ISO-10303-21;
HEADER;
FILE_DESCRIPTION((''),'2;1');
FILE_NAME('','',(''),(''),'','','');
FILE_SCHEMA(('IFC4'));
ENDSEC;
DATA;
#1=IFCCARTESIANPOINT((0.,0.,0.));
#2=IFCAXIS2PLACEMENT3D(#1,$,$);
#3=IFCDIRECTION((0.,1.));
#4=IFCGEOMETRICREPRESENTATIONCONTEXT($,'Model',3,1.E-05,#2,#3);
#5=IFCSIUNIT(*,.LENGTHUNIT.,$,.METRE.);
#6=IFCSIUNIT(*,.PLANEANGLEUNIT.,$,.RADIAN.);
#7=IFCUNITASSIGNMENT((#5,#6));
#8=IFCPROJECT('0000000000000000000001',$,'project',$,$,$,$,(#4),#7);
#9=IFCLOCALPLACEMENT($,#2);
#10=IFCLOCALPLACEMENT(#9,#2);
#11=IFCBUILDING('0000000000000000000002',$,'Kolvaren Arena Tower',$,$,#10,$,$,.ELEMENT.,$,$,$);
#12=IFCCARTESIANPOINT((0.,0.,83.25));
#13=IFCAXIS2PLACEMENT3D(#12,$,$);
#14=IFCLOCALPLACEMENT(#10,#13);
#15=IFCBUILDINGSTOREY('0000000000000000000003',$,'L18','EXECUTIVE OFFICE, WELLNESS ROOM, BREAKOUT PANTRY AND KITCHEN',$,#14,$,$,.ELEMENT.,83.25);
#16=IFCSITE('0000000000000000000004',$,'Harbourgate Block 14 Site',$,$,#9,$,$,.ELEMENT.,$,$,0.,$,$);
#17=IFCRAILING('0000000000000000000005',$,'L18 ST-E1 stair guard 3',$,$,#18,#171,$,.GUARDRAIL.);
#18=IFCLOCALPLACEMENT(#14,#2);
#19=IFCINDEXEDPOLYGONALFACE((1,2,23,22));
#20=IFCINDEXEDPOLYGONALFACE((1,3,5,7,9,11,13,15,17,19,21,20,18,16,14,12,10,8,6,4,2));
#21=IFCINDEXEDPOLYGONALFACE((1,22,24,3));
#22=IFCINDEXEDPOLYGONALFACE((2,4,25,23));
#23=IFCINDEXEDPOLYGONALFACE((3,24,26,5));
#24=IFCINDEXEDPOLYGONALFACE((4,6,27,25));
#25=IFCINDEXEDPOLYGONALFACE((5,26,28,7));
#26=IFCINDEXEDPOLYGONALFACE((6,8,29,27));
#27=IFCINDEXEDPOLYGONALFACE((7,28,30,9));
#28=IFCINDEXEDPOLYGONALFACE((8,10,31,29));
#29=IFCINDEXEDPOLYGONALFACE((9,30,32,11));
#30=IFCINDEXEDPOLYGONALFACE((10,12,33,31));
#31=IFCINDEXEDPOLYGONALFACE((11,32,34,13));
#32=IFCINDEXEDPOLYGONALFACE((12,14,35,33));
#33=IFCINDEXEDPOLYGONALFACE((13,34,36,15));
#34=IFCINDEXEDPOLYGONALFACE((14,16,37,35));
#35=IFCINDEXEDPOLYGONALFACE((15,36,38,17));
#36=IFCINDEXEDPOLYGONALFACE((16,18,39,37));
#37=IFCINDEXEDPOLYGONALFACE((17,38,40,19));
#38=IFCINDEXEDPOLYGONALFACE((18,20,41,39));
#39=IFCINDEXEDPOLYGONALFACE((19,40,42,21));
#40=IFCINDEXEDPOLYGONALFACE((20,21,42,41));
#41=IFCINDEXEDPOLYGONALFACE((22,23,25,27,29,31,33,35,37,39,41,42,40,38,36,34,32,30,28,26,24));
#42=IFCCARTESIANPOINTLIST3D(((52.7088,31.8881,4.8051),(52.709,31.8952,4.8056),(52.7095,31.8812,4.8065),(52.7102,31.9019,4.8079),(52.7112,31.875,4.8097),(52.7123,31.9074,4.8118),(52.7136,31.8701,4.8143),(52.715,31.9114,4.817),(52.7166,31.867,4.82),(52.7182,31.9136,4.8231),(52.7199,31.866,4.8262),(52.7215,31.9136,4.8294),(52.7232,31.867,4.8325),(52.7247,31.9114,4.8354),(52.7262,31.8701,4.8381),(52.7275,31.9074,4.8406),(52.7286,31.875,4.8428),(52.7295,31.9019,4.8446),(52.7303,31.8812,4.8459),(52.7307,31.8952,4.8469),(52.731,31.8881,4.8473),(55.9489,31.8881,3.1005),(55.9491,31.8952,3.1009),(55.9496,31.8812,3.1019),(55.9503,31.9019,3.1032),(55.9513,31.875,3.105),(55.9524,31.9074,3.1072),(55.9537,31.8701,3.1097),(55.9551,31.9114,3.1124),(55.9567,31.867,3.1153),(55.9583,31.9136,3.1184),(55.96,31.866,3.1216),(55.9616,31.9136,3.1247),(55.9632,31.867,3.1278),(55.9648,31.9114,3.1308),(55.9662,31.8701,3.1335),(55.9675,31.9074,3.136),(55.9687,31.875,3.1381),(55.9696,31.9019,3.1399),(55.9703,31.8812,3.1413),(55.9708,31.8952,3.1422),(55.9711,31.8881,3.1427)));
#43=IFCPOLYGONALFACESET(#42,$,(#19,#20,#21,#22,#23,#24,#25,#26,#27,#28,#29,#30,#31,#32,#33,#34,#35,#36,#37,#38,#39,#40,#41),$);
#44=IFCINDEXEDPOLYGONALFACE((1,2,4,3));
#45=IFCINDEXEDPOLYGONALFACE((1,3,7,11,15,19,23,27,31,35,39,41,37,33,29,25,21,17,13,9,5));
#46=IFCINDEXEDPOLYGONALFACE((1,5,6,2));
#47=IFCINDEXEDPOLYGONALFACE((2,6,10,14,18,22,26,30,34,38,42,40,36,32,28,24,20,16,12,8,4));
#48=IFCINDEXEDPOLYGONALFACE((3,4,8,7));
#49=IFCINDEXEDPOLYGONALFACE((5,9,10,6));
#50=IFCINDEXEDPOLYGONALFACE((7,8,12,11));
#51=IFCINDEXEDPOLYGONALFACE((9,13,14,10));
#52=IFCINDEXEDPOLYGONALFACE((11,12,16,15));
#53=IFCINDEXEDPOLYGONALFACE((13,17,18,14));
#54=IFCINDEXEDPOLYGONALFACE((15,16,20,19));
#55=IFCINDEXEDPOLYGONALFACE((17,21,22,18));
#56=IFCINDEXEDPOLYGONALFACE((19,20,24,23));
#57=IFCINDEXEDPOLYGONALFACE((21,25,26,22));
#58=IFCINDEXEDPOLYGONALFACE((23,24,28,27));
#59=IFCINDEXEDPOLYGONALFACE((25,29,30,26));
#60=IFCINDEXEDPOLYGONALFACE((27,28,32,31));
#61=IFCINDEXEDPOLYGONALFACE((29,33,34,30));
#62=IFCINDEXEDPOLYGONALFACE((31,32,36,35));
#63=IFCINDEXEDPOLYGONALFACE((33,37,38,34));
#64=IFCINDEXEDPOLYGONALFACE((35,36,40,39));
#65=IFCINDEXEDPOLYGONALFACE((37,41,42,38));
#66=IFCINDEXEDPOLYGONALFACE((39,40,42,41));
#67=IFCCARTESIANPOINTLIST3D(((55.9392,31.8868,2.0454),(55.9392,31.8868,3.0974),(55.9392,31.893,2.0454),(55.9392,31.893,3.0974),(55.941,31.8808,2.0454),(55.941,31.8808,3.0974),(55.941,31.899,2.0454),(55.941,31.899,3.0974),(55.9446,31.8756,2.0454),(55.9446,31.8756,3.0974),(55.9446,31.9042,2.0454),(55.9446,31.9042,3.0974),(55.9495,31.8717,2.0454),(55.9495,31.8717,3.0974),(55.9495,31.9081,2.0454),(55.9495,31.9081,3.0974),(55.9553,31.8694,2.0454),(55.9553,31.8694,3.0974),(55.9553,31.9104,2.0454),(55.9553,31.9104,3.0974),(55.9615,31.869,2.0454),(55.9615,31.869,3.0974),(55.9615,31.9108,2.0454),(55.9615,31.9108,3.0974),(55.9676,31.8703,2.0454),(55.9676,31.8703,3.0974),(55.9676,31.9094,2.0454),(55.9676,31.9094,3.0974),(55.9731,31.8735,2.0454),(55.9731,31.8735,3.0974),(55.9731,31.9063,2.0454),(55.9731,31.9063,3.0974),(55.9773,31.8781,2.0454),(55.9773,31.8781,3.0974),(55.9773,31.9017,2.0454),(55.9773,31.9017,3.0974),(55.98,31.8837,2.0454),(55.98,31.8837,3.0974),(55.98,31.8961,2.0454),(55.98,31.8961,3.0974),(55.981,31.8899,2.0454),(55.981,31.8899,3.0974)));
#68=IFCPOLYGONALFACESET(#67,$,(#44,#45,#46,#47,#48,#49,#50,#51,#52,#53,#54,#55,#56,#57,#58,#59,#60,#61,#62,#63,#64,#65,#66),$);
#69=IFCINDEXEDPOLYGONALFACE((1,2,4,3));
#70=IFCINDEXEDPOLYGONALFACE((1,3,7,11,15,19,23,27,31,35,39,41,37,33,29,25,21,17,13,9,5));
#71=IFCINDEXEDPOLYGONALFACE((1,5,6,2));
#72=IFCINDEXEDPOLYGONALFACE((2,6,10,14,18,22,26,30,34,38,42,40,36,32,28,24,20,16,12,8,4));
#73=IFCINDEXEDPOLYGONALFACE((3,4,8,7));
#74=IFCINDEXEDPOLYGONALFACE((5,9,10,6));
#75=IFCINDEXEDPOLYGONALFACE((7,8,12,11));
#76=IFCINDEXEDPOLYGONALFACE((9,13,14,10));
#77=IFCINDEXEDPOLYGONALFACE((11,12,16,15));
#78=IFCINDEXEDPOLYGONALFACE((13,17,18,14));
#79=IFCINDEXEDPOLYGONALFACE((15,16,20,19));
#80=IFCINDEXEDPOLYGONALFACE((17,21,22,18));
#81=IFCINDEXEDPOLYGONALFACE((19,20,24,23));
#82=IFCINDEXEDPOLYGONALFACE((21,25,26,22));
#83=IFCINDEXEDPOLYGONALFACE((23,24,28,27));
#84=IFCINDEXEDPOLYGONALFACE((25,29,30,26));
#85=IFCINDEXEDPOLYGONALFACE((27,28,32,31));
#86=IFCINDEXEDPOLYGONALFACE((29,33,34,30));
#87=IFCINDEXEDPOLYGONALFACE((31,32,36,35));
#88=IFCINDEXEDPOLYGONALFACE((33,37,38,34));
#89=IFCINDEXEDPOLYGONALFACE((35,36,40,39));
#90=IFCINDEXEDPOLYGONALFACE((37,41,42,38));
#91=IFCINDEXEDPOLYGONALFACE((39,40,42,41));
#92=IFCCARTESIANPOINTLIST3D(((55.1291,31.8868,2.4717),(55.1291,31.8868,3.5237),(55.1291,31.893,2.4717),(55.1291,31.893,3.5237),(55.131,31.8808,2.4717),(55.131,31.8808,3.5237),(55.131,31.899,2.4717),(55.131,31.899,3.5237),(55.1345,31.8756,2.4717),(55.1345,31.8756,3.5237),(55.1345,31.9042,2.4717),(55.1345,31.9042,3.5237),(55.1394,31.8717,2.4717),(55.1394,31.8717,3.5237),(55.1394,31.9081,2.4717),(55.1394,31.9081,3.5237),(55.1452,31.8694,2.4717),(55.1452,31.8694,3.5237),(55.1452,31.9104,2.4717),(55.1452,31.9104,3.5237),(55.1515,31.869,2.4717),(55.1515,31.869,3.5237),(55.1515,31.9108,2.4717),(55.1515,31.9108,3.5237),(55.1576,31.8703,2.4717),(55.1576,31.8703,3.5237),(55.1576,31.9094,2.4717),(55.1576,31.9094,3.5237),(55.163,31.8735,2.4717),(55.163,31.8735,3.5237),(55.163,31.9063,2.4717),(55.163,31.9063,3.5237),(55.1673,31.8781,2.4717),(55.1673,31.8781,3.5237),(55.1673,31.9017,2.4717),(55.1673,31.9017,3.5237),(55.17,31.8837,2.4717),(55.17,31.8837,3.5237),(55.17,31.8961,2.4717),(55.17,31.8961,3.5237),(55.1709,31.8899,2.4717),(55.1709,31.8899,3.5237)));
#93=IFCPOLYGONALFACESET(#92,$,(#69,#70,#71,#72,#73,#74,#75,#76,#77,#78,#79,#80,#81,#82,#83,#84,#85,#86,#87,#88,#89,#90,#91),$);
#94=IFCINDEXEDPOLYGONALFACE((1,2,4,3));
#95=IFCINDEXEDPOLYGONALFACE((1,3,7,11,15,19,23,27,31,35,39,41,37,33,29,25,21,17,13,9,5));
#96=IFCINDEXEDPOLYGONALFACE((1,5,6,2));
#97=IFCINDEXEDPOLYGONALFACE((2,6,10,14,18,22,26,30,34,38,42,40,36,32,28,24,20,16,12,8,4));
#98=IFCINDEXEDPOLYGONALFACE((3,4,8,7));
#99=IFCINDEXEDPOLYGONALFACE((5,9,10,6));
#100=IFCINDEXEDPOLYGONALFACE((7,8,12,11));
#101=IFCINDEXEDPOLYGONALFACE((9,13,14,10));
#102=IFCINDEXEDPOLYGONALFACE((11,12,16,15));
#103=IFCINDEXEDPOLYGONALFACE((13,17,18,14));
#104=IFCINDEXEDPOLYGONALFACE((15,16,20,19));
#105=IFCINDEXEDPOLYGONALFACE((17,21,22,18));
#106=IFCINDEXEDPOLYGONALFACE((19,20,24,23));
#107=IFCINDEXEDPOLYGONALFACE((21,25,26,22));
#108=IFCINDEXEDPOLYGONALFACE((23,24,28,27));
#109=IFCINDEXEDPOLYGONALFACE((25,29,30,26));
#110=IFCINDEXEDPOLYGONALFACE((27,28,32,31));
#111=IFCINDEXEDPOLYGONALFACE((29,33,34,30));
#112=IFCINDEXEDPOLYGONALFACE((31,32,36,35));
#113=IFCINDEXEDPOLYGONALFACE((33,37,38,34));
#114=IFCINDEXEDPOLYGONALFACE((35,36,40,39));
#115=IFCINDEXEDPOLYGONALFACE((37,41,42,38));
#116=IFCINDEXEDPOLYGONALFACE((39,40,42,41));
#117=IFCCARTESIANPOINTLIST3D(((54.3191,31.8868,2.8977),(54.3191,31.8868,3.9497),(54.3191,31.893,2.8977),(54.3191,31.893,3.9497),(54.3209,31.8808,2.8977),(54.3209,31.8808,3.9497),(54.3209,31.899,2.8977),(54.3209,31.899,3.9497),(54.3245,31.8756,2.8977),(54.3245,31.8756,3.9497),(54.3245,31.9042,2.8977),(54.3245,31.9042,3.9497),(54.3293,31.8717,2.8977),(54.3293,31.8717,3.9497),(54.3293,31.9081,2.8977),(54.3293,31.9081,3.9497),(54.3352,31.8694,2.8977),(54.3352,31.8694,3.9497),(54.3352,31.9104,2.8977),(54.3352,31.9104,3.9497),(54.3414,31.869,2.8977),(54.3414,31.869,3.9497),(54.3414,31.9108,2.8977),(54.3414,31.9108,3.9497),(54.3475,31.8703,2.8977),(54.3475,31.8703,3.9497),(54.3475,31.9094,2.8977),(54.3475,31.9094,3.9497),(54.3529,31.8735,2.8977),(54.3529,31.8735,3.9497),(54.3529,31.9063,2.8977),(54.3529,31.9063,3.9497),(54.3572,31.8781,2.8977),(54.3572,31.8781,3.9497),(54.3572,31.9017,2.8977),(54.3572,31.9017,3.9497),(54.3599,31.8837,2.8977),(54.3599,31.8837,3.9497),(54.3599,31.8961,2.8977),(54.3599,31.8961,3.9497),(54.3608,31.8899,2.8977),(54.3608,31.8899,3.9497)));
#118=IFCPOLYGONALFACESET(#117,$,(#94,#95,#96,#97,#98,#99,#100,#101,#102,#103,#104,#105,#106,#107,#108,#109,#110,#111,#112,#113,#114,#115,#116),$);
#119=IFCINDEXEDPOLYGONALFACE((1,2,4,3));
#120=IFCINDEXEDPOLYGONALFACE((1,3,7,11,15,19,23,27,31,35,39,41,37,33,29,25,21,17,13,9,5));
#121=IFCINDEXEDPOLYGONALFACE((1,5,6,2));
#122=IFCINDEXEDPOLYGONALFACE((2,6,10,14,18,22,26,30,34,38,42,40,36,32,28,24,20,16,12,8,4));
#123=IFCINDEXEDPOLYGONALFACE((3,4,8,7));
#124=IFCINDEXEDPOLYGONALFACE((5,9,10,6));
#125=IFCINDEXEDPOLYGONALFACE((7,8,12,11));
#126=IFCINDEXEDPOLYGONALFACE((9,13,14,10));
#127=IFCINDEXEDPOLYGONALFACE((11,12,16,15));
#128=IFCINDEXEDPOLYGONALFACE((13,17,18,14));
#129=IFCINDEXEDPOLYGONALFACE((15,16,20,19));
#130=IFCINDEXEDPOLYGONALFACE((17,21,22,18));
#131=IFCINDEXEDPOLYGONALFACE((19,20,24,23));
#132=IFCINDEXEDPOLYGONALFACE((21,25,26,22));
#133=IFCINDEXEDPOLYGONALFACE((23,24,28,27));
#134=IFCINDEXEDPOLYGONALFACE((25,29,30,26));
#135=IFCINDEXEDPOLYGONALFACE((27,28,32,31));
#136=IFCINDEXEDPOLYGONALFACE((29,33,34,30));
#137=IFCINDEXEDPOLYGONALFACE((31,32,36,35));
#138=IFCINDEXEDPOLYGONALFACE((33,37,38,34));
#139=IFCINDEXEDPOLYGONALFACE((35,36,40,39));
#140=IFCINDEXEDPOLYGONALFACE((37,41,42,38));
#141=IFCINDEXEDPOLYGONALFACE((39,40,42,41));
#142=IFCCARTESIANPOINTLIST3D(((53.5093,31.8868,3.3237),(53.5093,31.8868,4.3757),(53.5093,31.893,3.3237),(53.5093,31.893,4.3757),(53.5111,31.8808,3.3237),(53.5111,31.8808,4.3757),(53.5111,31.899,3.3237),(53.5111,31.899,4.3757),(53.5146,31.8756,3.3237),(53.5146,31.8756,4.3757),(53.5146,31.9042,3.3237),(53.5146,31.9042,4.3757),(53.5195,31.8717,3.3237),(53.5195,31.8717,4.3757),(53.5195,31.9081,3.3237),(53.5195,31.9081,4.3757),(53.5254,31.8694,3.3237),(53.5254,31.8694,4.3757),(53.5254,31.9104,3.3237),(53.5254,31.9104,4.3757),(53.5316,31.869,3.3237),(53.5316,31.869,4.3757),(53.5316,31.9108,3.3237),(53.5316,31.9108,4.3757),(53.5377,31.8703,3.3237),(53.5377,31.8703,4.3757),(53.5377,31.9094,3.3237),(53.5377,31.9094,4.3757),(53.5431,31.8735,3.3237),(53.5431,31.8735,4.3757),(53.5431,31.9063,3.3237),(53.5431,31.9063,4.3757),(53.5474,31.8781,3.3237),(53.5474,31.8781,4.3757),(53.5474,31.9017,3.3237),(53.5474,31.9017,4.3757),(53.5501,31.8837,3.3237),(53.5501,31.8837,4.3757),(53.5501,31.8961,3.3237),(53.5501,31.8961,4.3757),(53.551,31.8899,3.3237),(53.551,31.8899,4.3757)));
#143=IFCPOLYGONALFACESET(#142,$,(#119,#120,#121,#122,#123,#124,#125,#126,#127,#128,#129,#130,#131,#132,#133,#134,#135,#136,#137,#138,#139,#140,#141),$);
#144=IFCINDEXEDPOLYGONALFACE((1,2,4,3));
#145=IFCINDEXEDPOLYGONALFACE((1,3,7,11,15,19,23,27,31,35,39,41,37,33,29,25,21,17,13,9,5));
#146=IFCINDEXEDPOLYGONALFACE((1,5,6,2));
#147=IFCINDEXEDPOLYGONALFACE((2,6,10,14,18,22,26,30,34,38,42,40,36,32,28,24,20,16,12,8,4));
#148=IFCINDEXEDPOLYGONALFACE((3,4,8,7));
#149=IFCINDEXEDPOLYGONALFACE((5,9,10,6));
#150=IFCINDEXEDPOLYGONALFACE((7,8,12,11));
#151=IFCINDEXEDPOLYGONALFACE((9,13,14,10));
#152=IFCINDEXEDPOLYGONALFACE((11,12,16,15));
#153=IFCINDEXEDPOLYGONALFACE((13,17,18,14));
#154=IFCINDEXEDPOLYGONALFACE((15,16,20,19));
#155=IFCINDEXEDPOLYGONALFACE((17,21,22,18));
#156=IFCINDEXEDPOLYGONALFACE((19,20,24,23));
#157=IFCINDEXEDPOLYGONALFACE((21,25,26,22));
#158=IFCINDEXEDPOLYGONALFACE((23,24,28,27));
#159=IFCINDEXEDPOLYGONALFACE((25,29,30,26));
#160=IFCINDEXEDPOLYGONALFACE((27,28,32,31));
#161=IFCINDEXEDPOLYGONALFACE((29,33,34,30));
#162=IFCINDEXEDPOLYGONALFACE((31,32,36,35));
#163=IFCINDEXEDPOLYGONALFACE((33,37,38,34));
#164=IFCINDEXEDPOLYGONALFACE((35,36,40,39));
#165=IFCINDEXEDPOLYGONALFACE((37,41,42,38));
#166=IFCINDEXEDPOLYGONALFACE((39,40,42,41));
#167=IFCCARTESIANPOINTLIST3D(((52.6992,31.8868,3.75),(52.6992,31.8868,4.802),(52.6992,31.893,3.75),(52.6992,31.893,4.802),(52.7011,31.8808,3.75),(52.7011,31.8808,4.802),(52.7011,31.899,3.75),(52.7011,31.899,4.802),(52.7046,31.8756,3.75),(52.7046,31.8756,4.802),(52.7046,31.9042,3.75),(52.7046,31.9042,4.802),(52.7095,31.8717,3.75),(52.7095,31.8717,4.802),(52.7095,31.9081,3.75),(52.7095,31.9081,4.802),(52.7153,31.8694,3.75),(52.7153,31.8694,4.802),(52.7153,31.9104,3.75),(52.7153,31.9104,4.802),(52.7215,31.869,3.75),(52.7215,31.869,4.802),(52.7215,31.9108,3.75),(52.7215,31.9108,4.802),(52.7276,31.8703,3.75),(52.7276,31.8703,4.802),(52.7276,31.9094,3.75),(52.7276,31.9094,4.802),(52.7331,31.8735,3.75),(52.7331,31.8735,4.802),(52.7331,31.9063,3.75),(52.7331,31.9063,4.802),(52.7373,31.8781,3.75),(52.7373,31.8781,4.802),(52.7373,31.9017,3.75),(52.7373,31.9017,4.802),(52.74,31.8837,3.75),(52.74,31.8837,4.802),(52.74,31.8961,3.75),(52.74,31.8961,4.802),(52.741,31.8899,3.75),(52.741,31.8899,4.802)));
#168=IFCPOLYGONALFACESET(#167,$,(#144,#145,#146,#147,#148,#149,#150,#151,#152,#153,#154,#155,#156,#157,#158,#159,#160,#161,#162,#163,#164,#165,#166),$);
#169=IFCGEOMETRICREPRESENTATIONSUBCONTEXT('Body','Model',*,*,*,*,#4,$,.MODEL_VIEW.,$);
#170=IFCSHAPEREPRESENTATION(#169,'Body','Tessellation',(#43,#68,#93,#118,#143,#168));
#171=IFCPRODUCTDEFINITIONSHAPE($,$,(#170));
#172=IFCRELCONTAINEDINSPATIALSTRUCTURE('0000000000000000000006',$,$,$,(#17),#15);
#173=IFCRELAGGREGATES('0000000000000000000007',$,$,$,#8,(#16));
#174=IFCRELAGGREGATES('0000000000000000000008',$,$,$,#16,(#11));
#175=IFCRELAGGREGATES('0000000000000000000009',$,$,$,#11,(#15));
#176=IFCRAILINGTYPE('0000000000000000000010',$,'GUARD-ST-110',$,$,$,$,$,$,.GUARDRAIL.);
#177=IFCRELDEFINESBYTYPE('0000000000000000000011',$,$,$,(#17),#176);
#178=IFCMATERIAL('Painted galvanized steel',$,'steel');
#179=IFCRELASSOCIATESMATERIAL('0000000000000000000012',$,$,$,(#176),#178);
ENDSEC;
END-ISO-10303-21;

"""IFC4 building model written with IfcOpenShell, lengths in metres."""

from ifc_helpers import new_model, si_unit, direction, frame, origin, origin_2d, place, context, subcontext, project, spatial, circle, extrude, material, type_object, element, save


model = new_model("IFC4")

# Units and contexts
model_context = context("Model", 3, precision=1e-05, world=origin(), true_north=direction((0.0, 1.0)))
body_context = subcontext(model_context, "Body", "Model", "MODEL_VIEW")
ifc_project = project(units=[si_unit("LENGTHUNIT", "METRE"), si_unit("PLANEANGLEUNIT", "RADIAN")], contexts=[model_context])

# Site, building, storey
site_placement = place(None, origin())
site = spatial("IfcSite", under=ifc_project, at=site_placement, Name="Harbourgate Block 14 Site", CompositionType="ELEMENT", RefElevation=0.0)
building_placement = place(site_placement, origin())
building = spatial("IfcBuilding", under=site, at=building_placement, Name="Kolvaren Arena Tower", CompositionType="ELEMENT")
storey_placement = place(building_placement, frame((0.0, 0.0, 83.25)))
storey = spatial("IfcBuildingStorey", under=building, at=storey_placement, Name="L18", Description="EXECUTIVE OFFICE, WELLNESS ROOM, BREAKOUT PANTRY AND KITCHEN", CompositionType="ELEMENT", Elevation=83.25)

# Railing
ifc_material_1 = material(Name="Painted galvanized steel", Category="steel")
railing_type_1 = type_object("IfcRailingType", Name="GUARD-ST-110", PredefinedType="GUARDRAIL", material=ifc_material_1)
railing_1_placement = place(storey_placement, frame((55.96, 31.8899, 2.0454)))
element("IfcRailing", 1, at=railing_1_placement, inside=storey, type_object=railing_type_1, Name="L18 ST-E1 stair guard 3", PredefinedType="GUARDRAIL", context=body_context, shape_type="SweptSolid", body=[
    extrude(circle(Radius=0.0239, at=origin_2d()), frame((0.0, 0.0, 1.0762), z_axis=(-0.884993, 0.0, 0.465604), x_axis=(0.0, -1.0, 0.0)), (0.0, 0.0, 1.0), 3.6611),
    extrude(circle(Radius=0.021, at=origin_2d()), origin(), (0.0, 0.0, 1.0), 1.052),
    extrude(circle(Radius=0.021, at=origin_2d()), frame((-0.8101, 0.0, 0.4263)), (0.0, 0.0, 1.0), 1.052),
    extrude(circle(Radius=0.021, at=origin_2d()), frame((-1.6201, 0.0, 0.8523)), (0.0, 0.0, 1.0), 1.052),
    extrude(circle(Radius=0.021, at=origin_2d()), frame((-2.4299, 0.0, 1.2783)), (0.0, 0.0, 1.0), 1.052),
    extrude(circle(Radius=0.021, at=origin_2d()), frame((-3.24, 0.0, 1.7046)), (0.0, 0.0, 1.0), 1.052),
])

save(model, "model.ifc")
